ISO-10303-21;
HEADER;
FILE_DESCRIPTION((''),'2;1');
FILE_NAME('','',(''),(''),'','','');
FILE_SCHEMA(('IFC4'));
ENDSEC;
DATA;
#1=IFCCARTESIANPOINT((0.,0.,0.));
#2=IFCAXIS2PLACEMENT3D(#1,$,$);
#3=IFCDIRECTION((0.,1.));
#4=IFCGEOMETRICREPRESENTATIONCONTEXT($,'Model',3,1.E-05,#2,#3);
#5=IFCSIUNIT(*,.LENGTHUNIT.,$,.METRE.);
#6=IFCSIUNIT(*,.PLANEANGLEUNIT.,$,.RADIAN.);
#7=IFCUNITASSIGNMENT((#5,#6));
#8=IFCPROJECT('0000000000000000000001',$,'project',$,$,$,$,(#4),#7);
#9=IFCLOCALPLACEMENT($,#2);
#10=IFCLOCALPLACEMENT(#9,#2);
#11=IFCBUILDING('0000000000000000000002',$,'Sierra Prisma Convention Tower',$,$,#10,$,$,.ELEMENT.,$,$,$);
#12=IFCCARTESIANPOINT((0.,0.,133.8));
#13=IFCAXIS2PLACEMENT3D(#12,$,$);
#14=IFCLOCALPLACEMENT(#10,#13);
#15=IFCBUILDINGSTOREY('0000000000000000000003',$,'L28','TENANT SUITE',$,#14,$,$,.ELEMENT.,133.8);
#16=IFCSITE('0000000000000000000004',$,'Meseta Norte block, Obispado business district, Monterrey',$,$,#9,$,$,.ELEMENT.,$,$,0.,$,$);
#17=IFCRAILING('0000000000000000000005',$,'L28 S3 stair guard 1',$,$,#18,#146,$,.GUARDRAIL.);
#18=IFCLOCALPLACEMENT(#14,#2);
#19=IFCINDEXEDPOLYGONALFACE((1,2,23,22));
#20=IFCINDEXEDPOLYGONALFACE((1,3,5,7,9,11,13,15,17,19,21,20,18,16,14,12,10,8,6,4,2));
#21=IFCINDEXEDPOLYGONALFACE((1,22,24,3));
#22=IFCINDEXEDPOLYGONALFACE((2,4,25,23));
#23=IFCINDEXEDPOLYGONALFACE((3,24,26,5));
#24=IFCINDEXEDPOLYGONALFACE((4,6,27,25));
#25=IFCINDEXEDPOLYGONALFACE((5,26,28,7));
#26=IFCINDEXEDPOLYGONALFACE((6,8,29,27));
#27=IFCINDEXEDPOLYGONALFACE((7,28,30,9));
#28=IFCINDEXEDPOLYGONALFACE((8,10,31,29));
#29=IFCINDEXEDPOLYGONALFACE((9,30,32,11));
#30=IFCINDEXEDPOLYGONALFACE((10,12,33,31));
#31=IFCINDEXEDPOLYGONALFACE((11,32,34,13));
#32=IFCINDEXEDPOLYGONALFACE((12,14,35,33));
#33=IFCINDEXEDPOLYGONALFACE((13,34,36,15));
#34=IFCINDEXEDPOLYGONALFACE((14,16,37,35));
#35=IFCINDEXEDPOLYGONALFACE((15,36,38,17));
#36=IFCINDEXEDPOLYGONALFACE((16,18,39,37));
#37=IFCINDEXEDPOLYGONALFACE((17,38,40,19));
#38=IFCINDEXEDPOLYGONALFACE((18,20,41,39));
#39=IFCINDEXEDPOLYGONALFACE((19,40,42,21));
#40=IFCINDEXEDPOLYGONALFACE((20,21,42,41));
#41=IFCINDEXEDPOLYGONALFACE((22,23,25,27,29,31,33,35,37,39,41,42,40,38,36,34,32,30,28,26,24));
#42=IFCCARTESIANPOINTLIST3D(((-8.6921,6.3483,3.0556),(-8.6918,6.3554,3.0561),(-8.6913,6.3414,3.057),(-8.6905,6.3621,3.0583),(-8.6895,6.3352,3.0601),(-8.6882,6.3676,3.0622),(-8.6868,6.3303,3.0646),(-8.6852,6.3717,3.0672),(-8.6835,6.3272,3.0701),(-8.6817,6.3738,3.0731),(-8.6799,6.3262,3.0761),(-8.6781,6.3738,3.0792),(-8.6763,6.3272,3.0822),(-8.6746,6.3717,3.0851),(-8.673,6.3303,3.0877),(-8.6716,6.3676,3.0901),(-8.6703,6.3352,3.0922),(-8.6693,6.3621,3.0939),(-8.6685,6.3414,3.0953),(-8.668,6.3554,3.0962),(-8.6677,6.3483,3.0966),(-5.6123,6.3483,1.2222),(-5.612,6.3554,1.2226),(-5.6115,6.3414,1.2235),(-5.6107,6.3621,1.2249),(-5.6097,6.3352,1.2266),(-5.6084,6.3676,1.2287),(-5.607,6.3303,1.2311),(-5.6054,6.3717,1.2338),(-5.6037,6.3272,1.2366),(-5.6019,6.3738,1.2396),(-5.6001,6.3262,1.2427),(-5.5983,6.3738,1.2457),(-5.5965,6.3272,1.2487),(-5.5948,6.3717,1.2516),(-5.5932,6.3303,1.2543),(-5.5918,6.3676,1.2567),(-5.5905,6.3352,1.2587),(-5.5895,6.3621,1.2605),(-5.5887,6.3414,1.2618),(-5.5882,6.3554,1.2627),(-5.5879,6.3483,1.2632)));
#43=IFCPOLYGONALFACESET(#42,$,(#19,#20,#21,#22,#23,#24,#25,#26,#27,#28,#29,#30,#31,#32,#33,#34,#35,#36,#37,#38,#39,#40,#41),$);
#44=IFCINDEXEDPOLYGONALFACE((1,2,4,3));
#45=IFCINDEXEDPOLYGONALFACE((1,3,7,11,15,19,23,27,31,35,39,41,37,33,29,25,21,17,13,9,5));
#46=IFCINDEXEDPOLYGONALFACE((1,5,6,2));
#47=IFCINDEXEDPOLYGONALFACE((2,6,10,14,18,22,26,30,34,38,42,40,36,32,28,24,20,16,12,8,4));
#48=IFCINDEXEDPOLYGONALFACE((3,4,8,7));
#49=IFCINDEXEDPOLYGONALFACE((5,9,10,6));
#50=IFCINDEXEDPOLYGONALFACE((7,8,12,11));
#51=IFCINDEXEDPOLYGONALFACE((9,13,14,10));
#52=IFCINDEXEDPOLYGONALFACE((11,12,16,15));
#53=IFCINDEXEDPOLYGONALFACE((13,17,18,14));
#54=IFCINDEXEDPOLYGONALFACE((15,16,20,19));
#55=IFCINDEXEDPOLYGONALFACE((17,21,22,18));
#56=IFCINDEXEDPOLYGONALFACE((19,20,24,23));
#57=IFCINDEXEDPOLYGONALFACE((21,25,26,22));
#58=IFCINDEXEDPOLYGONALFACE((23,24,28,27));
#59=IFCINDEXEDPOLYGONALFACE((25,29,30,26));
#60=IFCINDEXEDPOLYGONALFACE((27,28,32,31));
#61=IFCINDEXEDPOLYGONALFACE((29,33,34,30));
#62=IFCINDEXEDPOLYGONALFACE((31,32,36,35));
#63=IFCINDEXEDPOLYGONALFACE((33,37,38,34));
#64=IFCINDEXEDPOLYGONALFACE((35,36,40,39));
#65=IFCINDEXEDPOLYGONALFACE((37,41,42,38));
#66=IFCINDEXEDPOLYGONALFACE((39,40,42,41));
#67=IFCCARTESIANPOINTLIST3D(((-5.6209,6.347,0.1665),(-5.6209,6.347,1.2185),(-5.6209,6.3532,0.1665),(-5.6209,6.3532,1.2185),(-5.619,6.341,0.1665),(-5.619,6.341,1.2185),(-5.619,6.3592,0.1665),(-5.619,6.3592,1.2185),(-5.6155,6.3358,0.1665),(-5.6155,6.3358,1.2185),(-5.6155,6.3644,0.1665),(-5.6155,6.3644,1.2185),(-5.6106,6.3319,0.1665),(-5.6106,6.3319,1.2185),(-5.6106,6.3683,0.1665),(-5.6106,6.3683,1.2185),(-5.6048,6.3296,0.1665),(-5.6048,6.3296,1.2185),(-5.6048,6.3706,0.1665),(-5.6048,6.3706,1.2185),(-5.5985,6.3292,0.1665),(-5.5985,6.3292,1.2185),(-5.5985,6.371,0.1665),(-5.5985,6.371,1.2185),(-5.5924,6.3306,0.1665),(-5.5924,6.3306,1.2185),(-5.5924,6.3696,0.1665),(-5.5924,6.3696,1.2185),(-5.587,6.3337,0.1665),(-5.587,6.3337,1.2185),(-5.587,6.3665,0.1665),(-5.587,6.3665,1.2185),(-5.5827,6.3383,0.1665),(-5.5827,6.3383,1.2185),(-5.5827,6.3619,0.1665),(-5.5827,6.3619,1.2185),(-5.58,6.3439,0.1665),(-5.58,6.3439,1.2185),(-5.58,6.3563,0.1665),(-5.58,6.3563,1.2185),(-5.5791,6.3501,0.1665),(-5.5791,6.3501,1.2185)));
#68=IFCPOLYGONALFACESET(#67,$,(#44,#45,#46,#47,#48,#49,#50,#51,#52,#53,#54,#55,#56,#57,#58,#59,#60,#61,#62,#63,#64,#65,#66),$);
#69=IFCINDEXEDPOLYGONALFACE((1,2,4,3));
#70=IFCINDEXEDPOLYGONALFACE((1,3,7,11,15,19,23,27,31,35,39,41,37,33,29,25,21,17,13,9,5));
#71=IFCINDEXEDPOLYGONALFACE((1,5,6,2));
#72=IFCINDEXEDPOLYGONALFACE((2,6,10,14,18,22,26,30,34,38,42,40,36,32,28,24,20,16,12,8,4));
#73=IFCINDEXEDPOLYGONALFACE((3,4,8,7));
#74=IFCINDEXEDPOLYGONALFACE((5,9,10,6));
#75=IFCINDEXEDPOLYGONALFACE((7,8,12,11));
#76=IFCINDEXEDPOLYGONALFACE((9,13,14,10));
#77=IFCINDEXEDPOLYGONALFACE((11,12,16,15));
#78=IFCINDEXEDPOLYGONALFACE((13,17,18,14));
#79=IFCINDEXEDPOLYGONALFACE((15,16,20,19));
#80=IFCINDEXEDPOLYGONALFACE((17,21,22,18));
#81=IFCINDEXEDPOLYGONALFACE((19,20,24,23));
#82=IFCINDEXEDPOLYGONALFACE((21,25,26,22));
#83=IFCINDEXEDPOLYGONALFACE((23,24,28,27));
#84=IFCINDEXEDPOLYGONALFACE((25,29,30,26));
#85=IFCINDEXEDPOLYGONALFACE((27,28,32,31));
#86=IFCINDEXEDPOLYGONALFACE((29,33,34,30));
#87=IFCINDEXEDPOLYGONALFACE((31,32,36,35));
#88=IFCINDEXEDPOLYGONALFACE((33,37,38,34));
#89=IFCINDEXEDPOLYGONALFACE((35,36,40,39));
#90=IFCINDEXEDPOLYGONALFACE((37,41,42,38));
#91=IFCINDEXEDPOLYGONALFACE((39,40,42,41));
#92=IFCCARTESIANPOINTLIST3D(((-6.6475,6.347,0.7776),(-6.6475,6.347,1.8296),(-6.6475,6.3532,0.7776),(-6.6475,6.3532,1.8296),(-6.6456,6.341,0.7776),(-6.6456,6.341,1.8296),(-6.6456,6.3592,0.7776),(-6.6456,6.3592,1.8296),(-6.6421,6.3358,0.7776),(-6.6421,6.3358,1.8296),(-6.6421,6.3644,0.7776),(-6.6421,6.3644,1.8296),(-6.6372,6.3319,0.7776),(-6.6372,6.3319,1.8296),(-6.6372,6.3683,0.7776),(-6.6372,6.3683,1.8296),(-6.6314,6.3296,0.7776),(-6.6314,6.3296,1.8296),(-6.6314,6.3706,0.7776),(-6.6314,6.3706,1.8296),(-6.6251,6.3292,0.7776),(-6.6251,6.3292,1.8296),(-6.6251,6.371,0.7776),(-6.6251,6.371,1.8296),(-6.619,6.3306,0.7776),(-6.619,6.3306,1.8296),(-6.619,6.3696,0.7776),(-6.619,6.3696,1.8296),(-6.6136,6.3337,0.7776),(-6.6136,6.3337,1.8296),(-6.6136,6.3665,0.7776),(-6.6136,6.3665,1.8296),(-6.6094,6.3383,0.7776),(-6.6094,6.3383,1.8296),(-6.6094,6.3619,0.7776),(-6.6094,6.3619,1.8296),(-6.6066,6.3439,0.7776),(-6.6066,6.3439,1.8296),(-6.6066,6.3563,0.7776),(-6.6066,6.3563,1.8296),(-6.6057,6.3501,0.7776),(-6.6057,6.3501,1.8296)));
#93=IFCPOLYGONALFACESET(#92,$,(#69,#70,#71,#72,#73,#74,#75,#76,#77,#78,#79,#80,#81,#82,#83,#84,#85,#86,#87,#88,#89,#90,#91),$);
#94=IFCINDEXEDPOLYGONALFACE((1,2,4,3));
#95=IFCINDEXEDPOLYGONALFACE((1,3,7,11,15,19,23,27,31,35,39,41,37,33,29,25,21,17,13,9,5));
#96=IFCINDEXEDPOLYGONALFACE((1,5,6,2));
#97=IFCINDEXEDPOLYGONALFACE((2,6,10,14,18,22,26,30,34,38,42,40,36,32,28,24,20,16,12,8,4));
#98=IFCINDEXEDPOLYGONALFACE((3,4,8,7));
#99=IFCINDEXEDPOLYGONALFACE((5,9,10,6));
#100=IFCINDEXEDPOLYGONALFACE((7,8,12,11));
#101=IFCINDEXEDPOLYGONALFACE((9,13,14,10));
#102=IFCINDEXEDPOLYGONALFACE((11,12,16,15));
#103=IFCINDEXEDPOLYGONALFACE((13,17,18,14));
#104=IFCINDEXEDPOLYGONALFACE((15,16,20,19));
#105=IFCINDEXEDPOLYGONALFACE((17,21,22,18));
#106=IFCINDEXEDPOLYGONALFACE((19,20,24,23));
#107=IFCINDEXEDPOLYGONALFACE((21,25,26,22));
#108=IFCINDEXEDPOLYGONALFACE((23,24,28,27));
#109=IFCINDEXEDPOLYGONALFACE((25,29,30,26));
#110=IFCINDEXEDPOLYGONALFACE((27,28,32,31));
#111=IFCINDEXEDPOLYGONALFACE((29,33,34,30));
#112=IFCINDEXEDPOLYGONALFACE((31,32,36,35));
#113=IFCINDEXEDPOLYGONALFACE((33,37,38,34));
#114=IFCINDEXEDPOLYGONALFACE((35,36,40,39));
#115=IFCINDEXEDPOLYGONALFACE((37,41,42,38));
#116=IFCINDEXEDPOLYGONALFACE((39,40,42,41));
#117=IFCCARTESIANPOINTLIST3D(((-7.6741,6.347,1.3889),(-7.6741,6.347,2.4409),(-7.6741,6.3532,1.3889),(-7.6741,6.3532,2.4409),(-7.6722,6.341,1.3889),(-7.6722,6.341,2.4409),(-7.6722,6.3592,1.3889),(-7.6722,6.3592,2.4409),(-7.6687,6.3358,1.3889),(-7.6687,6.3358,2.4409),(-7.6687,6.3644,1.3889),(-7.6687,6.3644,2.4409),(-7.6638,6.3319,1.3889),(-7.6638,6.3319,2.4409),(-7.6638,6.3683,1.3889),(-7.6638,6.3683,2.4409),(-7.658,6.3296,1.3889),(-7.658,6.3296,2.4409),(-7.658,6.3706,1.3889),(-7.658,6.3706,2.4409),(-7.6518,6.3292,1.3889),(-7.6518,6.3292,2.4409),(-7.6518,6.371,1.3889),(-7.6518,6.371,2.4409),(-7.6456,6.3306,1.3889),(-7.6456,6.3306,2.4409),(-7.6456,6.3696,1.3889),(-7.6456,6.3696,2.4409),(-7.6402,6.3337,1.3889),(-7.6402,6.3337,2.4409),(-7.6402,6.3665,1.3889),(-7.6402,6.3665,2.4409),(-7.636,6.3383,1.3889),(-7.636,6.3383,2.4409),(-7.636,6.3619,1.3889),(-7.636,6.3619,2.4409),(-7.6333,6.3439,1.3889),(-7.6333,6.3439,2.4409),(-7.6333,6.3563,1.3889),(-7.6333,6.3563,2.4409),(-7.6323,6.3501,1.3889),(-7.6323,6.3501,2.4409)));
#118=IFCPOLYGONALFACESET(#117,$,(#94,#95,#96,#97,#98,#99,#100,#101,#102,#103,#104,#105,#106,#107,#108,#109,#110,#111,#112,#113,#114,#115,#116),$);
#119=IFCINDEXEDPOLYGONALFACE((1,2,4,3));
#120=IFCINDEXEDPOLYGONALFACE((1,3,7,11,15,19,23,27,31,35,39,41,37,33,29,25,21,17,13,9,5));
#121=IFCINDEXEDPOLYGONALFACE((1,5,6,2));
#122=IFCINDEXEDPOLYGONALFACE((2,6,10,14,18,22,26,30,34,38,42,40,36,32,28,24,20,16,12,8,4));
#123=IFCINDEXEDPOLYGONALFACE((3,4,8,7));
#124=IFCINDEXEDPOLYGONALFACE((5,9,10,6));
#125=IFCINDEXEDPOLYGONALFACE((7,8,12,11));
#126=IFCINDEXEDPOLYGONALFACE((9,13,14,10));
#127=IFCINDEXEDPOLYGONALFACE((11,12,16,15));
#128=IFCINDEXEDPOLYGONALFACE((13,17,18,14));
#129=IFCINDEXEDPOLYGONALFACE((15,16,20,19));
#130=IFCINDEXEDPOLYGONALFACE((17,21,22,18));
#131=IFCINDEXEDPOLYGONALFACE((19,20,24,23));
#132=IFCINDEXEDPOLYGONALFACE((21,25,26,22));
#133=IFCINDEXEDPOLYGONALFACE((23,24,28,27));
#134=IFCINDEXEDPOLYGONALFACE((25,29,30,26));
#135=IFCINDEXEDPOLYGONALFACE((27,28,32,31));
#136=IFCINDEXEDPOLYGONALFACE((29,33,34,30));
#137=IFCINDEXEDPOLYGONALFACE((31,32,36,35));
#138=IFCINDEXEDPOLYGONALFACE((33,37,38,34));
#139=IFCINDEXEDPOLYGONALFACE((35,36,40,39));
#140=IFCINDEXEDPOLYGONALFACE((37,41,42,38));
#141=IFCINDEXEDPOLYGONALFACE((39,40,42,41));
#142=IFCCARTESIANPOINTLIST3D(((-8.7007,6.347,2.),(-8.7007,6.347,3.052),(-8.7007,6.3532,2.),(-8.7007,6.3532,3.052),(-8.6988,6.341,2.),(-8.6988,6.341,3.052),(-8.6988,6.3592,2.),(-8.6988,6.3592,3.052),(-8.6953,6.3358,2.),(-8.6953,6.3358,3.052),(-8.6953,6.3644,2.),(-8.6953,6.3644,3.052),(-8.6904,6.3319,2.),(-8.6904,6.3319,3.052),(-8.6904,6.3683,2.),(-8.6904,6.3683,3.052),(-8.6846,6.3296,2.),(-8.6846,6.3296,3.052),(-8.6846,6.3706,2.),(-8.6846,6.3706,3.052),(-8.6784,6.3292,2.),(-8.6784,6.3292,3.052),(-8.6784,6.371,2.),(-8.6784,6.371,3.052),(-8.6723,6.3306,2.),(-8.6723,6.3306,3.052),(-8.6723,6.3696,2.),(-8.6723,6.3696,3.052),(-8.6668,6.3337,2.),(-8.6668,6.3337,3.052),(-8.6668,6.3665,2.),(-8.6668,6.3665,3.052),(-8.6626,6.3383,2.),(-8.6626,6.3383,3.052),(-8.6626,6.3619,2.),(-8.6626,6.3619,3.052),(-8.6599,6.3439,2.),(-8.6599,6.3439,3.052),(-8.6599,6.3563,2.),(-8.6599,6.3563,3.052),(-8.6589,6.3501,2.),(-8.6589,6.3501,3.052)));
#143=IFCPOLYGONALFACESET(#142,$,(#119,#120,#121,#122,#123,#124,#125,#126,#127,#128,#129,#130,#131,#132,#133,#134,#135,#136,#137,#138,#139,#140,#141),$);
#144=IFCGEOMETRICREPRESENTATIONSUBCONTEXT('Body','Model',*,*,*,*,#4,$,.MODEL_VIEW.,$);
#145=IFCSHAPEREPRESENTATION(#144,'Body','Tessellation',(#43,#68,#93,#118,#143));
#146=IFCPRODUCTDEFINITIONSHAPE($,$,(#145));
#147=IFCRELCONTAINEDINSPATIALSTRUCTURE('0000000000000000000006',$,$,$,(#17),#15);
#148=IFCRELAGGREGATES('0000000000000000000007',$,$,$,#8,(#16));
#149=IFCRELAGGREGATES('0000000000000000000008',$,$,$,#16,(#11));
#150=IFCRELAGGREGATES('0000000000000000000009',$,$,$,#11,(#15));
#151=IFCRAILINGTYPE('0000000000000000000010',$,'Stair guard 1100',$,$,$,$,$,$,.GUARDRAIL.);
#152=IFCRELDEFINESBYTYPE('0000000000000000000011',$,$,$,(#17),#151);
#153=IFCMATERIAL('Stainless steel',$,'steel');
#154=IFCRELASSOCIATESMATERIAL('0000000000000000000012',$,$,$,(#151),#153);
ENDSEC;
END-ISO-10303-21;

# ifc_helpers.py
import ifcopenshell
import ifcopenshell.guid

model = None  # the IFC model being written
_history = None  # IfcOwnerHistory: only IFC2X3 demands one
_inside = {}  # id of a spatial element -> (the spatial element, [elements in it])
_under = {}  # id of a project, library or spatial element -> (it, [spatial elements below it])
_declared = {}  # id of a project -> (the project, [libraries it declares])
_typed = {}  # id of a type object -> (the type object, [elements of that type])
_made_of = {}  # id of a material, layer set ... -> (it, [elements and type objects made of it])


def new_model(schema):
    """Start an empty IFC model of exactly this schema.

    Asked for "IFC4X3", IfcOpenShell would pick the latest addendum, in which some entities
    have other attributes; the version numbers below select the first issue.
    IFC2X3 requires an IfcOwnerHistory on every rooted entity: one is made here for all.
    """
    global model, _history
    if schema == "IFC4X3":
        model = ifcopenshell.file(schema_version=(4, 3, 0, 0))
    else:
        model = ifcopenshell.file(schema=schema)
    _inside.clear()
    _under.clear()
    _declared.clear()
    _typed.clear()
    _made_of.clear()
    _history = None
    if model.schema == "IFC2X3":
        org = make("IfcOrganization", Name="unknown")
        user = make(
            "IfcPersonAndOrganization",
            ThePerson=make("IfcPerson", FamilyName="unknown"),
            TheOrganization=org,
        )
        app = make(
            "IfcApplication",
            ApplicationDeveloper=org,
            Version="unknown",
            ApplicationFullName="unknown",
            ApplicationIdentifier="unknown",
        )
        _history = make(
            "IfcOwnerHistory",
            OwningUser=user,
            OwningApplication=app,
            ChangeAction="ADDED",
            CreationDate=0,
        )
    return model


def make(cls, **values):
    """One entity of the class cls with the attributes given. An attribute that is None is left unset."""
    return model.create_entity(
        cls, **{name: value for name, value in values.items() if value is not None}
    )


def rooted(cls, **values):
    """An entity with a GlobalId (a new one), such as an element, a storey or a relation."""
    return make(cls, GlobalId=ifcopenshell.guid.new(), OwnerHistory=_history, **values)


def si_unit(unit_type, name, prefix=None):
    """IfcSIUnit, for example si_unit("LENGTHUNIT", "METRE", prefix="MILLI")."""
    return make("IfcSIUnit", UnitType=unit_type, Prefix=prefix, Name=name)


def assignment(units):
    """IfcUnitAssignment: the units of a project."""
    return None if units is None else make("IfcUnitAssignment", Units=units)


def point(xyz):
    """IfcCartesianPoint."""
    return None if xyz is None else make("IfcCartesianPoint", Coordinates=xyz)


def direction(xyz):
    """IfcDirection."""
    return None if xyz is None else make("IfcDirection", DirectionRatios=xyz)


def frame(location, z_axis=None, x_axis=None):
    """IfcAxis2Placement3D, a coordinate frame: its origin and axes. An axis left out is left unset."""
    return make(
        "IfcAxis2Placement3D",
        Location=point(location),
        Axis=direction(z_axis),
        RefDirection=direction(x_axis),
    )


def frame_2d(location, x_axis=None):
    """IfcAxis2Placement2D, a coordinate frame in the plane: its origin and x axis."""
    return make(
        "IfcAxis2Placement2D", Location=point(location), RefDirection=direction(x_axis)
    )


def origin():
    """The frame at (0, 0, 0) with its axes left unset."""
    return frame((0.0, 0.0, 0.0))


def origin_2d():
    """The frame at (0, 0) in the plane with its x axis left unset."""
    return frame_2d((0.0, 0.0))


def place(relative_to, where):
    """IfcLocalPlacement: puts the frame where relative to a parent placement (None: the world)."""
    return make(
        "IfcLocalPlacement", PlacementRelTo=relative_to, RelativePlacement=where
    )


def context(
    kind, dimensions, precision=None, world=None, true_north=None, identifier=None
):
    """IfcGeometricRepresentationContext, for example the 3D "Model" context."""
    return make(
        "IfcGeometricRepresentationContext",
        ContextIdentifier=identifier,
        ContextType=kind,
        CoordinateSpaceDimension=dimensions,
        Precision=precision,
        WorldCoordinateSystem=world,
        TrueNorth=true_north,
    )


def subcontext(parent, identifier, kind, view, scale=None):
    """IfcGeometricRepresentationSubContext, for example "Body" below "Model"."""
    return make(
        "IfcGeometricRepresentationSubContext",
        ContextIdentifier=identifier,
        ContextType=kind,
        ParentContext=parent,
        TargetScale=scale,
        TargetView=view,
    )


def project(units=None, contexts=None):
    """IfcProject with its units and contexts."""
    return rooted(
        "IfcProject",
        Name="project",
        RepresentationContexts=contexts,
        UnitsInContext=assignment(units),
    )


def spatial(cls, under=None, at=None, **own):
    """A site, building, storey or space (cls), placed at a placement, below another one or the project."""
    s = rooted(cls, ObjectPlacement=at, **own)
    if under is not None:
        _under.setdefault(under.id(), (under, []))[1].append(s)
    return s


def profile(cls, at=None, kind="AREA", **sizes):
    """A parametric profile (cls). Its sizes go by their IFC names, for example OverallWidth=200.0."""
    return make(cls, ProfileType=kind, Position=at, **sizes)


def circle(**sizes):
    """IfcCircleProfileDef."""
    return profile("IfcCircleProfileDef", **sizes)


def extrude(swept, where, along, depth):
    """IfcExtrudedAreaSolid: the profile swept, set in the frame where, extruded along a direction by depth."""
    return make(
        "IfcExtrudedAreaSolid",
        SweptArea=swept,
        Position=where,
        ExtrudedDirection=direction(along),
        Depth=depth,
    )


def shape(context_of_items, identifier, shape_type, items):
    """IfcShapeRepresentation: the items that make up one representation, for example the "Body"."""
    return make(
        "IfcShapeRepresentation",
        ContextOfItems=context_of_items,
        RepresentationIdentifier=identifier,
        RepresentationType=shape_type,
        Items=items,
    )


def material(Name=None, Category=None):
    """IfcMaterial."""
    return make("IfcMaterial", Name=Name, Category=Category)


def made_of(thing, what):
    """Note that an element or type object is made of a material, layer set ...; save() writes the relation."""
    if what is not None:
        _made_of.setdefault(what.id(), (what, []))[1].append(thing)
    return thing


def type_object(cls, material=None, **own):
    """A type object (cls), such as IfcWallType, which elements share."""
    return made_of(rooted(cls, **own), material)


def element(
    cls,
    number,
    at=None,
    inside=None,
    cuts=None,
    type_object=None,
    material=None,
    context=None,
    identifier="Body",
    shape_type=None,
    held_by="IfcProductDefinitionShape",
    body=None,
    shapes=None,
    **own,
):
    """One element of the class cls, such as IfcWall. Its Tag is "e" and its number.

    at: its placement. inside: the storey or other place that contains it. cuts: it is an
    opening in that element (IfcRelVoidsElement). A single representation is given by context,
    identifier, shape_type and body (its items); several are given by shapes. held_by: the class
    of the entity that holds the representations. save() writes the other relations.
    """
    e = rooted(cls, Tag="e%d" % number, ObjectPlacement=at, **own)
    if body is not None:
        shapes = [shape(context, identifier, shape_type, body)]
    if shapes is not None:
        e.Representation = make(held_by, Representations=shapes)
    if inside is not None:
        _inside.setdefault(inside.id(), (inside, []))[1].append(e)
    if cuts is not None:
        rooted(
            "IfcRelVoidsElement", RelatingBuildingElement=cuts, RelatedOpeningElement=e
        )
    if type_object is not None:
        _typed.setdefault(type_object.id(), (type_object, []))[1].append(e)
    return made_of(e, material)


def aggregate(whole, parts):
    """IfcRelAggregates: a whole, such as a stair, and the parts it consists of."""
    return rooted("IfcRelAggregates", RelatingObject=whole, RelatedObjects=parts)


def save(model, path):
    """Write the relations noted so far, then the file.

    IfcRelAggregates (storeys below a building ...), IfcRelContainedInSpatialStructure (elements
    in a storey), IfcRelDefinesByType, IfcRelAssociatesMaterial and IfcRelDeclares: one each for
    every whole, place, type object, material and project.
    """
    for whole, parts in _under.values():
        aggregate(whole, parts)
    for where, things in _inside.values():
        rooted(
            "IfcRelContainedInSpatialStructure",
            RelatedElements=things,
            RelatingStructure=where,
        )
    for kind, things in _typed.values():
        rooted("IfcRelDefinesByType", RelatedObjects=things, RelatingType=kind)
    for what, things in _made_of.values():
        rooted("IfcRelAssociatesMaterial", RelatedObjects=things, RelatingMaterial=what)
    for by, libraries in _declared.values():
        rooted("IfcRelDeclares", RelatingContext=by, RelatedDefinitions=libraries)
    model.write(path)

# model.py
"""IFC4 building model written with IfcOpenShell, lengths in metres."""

from ifc_helpers import new_model, si_unit, direction, frame, origin, origin_2d, place, context, subcontext, project, spatial, circle, extrude, material, type_object, element, save


model = new_model("IFC4")

# Units and contexts
model_context = context("Model", 3, precision=1e-05, world=origin(), true_north=direction((0.0, 1.0)))
body_context = subcontext(model_context, "Body", "Model", "MODEL_VIEW")
ifc_project = project(units=[si_unit("LENGTHUNIT", "METRE"), si_unit("PLANEANGLEUNIT", "RADIAN")], contexts=[model_context])

# Site, building, storey
site_placement = place(None, origin())
site = spatial("IfcSite", under=ifc_project, at=site_placement, Name="Meseta Norte block, Obispado business district, Monterrey", CompositionType="ELEMENT", RefElevation=0.0)
building_placement = place(site_placement, origin())
building = spatial("IfcBuilding", under=site, at=building_placement, Name="Sierra Prisma Convention Tower", CompositionType="ELEMENT")
storey_placement = place(building_placement, frame((0.0, 0.0, 133.8)))
storey = spatial("IfcBuildingStorey", under=building, at=storey_placement, Name="L28", Description="TENANT SUITE", CompositionType="ELEMENT", Elevation=133.8)

# Railing
ifc_material_1 = material(Name="Stainless steel", Category="steel")
railing_type_1 = type_object("IfcRailingType", Name="Stair guard 1100", PredefinedType="GUARDRAIL", material=ifc_material_1)
railing_1_placement = place(storey_placement, frame((-5.6001, 6.3501, 0.1665)))
element("IfcRailing", 1, at=railing_1_placement, inside=storey, type_object=railing_type_1, Name="L28 S3 stair guard 1", PredefinedType="GUARDRAIL", context=body_context, shape_type="SweptSolid", body=[
    extrude(circle(Radius=0.0239, at=origin_2d()), frame((0.0, 0.0, 1.0762), z_axis=(-0.859261, 0.0, 0.511538), x_axis=(0.0, -1.0, 0.0)), (0.0, 0.0, 1.0), 3.5842),
    extrude(circle(Radius=0.021, at=origin_2d()), origin(), (0.0, 0.0, 1.0), 1.052),
    extrude(circle(Radius=0.021, at=origin_2d()), frame((-1.0266, 0.0, 0.6111)), (0.0, 0.0, 1.0), 1.052),
    extrude(circle(Radius=0.021, at=origin_2d()), frame((-2.0532, 0.0, 1.2224)), (0.0, 0.0, 1.0), 1.052),
    extrude(circle(Radius=0.021, at=origin_2d()), frame((-3.0798, 0.0, 1.8335)), (0.0, 0.0, 1.0), 1.052),
])

save(model, "model.ifc")
